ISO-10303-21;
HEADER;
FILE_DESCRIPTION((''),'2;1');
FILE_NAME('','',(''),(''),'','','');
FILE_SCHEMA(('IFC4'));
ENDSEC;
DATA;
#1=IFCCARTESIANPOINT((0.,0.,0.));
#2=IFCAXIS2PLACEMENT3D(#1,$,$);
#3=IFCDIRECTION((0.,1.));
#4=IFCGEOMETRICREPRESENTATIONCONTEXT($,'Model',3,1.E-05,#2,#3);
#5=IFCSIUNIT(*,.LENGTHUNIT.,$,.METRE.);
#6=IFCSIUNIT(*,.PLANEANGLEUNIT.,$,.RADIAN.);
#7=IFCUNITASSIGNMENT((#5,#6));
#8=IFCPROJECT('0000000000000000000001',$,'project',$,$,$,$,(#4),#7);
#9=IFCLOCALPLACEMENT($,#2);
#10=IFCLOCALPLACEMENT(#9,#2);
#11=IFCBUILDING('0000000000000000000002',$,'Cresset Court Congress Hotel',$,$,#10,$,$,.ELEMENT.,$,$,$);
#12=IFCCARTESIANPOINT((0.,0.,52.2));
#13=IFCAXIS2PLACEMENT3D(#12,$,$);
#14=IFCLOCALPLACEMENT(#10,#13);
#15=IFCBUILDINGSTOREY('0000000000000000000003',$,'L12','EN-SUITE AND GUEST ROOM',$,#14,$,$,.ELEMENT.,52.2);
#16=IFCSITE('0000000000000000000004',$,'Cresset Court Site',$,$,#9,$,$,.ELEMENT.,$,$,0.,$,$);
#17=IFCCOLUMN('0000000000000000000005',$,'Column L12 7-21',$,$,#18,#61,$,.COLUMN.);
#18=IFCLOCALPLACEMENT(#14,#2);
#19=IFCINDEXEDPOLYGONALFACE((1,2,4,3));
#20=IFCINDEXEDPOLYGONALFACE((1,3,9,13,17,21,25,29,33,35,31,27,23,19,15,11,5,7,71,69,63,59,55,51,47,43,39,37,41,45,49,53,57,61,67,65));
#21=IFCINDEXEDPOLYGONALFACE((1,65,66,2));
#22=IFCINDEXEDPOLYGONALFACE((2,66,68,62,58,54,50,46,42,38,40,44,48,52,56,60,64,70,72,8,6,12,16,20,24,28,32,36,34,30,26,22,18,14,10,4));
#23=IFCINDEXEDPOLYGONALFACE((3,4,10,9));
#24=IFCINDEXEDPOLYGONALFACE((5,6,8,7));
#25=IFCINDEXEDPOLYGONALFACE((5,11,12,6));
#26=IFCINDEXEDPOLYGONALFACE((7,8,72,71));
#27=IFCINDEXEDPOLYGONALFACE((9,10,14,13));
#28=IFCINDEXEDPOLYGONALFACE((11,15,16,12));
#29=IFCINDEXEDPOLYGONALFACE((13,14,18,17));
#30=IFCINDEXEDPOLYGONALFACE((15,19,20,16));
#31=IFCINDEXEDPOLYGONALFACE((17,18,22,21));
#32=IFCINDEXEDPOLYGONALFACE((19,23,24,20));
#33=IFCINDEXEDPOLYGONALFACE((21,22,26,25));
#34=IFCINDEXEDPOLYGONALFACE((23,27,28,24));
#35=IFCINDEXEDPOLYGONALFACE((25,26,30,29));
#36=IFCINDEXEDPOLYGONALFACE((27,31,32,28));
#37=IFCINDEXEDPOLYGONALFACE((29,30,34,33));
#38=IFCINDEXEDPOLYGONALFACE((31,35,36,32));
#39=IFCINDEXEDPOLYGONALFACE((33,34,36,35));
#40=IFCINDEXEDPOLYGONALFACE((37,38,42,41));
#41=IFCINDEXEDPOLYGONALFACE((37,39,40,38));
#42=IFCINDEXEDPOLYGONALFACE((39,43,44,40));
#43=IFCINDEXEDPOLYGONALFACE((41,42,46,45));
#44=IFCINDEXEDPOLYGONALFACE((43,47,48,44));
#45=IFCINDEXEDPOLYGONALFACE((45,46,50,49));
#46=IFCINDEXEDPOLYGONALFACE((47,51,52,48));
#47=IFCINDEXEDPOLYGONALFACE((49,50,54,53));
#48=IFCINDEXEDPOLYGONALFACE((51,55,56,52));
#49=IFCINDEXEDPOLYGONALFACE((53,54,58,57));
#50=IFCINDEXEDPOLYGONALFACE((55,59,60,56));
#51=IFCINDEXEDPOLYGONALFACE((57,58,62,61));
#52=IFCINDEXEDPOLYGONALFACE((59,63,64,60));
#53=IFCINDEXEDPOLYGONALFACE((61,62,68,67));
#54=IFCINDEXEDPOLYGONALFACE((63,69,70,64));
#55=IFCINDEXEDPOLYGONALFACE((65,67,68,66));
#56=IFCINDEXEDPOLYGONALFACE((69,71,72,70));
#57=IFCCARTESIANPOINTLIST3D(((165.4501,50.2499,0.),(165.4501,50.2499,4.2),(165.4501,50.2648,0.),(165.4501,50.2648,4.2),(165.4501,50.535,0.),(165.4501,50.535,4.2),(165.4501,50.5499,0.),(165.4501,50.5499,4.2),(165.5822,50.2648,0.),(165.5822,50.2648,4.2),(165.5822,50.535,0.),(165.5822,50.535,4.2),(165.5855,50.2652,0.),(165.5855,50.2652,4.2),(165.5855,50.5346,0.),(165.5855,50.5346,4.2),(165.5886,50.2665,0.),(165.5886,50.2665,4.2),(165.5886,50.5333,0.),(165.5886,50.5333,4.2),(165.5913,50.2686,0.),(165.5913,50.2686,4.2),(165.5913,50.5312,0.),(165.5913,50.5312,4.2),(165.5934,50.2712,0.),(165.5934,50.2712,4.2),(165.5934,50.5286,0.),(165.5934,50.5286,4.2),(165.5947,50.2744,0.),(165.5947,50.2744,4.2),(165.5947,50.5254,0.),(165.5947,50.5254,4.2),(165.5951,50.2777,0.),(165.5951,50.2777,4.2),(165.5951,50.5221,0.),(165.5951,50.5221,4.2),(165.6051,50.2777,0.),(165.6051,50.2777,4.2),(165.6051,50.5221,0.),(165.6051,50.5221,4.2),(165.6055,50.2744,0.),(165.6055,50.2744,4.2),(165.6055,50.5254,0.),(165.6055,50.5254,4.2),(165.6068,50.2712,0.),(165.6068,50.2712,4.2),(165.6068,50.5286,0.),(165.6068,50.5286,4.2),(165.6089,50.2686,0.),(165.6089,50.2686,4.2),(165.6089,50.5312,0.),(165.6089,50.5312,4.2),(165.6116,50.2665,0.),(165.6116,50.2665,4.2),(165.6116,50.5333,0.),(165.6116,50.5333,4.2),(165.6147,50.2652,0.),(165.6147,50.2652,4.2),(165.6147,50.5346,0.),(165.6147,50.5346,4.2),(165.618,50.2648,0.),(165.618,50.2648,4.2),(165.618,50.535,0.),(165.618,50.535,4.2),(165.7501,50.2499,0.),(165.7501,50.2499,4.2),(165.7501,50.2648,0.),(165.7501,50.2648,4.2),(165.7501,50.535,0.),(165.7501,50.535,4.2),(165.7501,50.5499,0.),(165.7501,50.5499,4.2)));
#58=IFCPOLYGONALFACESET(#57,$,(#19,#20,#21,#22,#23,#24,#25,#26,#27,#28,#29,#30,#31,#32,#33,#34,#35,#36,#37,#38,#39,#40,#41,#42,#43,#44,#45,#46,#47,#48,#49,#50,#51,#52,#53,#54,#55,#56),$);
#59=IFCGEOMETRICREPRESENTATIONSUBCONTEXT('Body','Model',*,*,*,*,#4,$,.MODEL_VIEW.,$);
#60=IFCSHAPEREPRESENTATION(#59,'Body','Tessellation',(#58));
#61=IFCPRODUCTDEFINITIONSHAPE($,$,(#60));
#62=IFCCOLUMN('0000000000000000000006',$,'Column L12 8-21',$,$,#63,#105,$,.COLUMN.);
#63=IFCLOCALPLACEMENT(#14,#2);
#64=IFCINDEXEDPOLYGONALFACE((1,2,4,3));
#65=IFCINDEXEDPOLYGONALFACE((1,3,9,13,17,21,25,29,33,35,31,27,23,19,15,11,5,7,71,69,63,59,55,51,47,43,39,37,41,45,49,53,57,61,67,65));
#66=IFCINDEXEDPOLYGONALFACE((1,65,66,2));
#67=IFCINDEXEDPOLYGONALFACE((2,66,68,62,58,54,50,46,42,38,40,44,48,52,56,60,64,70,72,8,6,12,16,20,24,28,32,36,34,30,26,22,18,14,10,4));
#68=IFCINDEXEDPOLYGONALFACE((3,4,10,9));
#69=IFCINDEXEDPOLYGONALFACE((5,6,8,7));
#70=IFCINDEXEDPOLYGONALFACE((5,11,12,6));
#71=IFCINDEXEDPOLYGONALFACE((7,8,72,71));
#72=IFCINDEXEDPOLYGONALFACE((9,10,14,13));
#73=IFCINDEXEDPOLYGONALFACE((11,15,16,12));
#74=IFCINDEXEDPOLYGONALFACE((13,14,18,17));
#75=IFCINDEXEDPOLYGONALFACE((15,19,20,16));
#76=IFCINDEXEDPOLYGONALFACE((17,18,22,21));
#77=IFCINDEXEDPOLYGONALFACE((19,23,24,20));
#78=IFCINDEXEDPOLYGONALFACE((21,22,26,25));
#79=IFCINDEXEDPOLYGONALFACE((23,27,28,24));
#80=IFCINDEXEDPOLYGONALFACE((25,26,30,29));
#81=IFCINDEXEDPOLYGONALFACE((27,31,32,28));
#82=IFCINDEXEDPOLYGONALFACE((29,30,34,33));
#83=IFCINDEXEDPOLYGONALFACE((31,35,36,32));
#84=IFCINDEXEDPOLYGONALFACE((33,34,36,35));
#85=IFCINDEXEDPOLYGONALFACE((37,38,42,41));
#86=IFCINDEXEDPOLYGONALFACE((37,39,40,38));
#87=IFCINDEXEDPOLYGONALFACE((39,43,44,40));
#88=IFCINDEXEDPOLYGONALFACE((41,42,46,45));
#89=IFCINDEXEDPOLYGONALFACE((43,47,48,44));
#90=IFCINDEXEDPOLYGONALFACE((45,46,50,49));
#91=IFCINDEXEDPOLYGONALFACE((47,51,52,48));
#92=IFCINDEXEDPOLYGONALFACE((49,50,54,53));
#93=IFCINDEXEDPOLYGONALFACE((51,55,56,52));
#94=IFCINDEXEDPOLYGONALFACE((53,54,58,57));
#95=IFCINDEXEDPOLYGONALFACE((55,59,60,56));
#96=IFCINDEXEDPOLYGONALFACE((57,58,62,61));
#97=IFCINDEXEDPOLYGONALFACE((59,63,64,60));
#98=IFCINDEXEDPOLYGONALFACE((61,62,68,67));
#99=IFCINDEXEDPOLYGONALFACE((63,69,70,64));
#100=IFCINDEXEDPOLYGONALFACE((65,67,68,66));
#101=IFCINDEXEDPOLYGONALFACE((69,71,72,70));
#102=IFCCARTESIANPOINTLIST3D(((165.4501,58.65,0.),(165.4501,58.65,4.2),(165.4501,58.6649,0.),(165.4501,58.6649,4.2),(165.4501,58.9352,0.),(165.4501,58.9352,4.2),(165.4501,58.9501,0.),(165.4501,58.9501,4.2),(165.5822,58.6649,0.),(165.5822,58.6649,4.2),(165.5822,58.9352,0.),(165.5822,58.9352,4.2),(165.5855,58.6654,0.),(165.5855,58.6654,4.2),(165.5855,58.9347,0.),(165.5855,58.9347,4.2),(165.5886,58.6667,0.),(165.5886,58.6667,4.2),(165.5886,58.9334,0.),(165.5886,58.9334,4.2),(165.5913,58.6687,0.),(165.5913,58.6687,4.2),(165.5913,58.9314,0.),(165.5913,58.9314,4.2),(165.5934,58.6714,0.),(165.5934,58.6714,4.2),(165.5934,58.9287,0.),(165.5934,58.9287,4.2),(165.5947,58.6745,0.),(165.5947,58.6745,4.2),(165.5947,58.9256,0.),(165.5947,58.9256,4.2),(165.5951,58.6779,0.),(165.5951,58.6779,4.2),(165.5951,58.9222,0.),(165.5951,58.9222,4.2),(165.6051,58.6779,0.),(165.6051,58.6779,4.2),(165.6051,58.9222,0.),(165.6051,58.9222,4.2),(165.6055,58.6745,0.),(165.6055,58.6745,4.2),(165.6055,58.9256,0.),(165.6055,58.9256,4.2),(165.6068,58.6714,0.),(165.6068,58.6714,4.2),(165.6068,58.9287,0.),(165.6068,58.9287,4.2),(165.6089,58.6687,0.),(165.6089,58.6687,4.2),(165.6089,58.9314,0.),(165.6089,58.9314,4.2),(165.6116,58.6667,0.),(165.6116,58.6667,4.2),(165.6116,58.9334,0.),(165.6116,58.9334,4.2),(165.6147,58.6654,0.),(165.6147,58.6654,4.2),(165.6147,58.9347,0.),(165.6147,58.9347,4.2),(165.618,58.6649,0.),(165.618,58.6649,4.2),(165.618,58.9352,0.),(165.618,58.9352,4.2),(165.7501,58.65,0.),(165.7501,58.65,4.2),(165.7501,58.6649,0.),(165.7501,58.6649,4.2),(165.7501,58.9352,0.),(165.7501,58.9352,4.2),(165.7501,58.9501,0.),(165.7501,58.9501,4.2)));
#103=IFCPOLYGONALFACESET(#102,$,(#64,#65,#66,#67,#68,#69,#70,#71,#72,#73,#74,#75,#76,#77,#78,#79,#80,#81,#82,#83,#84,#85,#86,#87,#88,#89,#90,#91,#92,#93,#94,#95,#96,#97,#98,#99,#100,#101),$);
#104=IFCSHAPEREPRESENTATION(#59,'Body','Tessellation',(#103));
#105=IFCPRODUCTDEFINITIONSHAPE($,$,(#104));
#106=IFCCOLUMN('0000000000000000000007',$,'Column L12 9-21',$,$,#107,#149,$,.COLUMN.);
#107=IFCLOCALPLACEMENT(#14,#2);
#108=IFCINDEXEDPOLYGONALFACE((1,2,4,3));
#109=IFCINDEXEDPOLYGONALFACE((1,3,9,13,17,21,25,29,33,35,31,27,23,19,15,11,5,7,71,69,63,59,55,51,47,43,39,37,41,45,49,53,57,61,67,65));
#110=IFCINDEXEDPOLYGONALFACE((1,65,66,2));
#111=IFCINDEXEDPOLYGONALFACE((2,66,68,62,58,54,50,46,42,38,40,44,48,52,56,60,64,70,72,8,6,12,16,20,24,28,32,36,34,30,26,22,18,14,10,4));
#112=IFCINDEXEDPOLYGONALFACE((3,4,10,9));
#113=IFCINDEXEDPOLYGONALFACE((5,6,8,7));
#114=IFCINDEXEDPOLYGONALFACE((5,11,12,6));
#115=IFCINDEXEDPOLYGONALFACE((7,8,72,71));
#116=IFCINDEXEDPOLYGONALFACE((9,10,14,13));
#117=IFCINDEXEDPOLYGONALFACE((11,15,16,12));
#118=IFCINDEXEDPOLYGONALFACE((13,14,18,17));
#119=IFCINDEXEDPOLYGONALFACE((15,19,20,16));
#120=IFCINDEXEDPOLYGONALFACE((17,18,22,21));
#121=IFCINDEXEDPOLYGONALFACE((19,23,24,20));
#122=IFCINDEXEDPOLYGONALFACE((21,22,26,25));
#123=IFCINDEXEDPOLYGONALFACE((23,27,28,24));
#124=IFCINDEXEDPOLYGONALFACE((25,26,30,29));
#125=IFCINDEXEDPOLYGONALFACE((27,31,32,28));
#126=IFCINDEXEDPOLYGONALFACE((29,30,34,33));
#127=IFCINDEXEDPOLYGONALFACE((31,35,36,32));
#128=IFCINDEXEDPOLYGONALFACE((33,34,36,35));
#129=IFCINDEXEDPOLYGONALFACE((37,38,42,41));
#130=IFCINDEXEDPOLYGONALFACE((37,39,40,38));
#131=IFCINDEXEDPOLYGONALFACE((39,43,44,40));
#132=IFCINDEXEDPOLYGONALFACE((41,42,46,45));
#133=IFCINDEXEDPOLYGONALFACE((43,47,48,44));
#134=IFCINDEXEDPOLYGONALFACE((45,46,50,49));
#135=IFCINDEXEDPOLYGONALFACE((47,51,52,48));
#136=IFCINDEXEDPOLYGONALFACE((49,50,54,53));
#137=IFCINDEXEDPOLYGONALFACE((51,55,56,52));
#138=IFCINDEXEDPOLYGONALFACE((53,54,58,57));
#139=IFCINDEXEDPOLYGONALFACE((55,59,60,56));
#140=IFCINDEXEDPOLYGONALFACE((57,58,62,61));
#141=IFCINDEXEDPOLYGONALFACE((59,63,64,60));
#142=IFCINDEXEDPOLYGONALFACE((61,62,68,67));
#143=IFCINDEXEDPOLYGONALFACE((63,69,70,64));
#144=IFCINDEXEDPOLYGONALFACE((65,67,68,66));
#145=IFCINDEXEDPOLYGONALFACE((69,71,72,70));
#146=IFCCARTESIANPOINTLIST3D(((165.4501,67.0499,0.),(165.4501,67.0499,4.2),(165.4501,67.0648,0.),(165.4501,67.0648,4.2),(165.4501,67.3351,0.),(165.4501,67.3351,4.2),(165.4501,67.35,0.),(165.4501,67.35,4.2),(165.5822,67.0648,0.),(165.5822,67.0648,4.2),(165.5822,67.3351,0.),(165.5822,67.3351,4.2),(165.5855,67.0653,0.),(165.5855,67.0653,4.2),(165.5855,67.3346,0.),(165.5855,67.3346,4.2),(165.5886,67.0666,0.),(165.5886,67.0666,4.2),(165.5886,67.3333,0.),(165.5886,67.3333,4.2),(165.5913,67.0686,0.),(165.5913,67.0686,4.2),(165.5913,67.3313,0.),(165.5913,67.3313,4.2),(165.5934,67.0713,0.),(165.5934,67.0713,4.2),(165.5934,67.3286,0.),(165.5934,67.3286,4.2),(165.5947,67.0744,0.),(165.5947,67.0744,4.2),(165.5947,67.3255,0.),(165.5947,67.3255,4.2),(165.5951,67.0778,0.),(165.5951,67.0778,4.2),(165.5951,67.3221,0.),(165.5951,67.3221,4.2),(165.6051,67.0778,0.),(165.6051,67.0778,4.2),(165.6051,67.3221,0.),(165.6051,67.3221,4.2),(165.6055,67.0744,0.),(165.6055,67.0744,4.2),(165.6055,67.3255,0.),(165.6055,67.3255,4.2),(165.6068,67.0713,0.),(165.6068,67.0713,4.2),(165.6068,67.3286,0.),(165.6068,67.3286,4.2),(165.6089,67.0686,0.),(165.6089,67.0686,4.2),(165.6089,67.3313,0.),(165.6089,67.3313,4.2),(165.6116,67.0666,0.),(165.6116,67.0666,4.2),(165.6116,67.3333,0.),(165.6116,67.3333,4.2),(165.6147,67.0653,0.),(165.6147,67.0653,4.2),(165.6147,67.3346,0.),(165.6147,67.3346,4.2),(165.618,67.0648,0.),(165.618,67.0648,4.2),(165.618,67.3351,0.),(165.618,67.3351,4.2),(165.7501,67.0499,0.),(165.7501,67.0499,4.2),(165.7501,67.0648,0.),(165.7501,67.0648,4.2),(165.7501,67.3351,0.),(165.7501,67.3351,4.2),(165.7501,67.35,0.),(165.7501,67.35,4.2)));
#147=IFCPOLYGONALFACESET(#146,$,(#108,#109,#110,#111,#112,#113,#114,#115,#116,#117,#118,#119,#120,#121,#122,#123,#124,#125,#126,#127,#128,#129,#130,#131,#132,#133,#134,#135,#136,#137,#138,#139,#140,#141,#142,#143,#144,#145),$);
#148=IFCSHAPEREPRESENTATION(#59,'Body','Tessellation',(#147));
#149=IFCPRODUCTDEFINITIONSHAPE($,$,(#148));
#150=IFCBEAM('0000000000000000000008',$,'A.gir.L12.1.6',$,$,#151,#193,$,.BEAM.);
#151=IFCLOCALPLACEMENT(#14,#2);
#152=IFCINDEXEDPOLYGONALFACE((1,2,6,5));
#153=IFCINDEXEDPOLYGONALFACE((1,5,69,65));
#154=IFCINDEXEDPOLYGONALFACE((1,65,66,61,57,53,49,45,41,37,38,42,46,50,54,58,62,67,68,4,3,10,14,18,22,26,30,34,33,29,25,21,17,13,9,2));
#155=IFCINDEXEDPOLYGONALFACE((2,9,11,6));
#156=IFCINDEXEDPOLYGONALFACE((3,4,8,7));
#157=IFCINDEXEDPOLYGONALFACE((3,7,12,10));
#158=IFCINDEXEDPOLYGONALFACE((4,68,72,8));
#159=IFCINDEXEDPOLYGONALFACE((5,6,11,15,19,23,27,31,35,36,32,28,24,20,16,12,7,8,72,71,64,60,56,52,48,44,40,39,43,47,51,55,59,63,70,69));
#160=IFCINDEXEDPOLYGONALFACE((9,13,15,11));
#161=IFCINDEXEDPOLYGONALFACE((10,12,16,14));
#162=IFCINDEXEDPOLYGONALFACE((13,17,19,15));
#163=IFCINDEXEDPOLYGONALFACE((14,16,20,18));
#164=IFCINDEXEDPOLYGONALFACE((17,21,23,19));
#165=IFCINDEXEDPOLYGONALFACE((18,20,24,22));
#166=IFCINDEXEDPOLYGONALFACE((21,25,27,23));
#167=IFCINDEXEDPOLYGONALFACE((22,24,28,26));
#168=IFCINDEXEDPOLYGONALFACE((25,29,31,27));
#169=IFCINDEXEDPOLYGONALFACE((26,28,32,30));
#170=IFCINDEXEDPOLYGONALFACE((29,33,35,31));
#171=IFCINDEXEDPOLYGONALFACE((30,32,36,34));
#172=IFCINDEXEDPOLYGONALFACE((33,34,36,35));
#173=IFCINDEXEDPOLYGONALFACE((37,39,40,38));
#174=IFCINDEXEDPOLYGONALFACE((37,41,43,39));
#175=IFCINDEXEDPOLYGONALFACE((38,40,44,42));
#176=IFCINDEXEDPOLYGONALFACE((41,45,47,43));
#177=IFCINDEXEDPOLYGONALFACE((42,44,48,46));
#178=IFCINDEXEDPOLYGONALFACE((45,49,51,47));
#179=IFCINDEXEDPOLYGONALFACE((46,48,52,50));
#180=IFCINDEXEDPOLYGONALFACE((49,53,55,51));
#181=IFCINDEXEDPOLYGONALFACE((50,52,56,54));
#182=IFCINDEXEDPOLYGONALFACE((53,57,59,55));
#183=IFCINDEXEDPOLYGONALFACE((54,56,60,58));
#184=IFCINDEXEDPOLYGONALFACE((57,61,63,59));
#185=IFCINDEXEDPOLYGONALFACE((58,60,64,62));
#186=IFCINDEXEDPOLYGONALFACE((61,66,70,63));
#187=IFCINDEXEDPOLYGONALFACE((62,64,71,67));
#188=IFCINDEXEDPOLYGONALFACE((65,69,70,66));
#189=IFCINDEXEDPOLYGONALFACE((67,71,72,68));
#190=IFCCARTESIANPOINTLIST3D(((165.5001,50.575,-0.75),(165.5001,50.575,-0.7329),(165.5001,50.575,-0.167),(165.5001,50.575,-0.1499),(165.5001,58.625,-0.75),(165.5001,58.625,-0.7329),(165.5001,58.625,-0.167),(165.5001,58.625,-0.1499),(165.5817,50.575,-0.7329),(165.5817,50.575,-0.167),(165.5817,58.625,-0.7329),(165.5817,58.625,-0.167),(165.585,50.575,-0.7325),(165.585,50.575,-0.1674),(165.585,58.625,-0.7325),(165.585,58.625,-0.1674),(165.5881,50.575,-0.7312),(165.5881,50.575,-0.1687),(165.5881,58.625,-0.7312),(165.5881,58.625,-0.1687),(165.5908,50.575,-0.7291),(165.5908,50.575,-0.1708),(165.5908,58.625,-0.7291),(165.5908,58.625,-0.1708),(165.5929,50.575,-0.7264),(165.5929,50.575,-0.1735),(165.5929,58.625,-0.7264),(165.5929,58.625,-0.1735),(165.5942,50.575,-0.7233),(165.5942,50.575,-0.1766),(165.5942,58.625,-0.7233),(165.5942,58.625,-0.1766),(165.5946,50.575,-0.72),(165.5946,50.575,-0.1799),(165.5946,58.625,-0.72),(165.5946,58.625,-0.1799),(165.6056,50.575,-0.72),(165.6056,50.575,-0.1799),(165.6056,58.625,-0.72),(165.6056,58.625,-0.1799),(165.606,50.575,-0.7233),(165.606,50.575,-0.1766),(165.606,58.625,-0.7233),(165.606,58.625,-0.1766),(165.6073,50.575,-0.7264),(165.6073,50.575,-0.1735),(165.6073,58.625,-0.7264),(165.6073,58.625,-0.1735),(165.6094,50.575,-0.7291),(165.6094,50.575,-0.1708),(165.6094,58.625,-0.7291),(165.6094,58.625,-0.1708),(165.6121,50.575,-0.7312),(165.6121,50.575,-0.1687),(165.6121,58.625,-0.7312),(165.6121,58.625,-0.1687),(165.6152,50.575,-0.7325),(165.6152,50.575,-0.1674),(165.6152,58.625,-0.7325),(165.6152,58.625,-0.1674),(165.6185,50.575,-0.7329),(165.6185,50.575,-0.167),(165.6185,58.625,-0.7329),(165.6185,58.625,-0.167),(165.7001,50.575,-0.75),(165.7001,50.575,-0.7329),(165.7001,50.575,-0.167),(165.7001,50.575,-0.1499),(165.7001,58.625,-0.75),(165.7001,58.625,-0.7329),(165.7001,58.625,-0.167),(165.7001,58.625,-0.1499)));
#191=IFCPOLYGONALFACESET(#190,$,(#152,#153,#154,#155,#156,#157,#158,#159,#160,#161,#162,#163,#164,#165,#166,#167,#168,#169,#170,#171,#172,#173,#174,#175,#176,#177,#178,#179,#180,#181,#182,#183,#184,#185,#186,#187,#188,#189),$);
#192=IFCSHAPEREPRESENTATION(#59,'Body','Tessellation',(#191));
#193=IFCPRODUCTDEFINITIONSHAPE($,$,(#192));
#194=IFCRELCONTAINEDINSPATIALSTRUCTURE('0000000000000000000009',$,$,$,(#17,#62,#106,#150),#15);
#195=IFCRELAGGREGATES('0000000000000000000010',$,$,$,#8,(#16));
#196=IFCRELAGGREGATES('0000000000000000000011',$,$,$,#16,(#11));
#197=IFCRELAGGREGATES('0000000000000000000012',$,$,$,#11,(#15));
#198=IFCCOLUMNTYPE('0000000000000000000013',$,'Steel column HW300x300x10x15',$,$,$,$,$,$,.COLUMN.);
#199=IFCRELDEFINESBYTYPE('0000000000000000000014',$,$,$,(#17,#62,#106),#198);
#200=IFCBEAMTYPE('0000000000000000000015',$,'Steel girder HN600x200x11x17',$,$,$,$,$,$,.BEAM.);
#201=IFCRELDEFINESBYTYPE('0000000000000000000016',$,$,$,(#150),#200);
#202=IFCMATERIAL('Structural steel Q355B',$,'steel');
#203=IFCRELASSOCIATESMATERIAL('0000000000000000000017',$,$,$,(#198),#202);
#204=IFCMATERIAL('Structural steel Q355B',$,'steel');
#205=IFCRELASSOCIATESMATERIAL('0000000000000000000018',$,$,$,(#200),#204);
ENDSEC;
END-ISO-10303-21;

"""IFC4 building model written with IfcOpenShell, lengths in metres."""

from ifc_helpers import new_model, si_unit, direction, frame, origin, origin_2d, place, context, subcontext, project, spatial, i_section, extrude, material, material_profile, profile_set, type_object, element, save


model = new_model("IFC4")

# Units and contexts
model_context = context("Model", 3, precision=1e-05, world=origin(), true_north=direction((0.0, 1.0)))
body_context = subcontext(model_context, "Body", "Model", "MODEL_VIEW")
ifc_project = project(units=[si_unit("LENGTHUNIT", "METRE"), si_unit("PLANEANGLEUNIT", "RADIAN")], contexts=[model_context])

# Site, building, storey
site_placement = place(None, origin())
site = spatial("IfcSite", under=ifc_project, at=site_placement, Name="Cresset Court Site", CompositionType="ELEMENT", RefElevation=0.0)
building_placement = place(site_placement, origin())
building = spatial("IfcBuilding", under=site, at=building_placement, Name="Cresset Court Congress Hotel", CompositionType="ELEMENT")
storey_placement = place(building_placement, frame((0.0, 0.0, 52.2)))
storey = spatial("IfcBuildingStorey", under=building, at=storey_placement, Name="L12", Description="EN-SUITE AND GUEST ROOM", CompositionType="ELEMENT", Elevation=52.2)

# Columns
ifc_material_1 = material(Name="Structural steel Q355B", Category="steel")
ifc_material_profile_1 = material_profile(ifc_material_1, i_section(OverallWidth=0.3, OverallDepth=0.3, WebThickness=0.01, FlangeThickness=0.0149, FilletRadius=0.0129, at=origin_2d()), Name="HW300x300x10x15")
ifc_profile_set_1 = profile_set([ifc_material_profile_1], Name="Structural steel Q355B")
column_type = type_object("IfcColumnType", Name="Steel column HW300x300x10x15", PredefinedType="COLUMN", material=ifc_profile_set_1)
for number, where, z_axis, x_axis, name in (
    (1, (165.6001, 50.3999, 0.0), (0.0, 0.0, 1.0), (1.0, 0.0, 0.0), "Column L12 7-21"),
    (2, (165.6001, 58.8, 0.0), (0.0, 0.0, 1.0), (1.0, 0.0, 0.0), "Column L12 8-21"),
    (3, (165.6001, 67.2, 0.0), (0.0, 0.0, 1.0), (1.0, 0.0, 0.0), "Column L12 9-21"),
):
    element("IfcColumn", number, at=place(storey_placement, frame(where, z_axis=z_axis, x_axis=x_axis)), inside=storey, type_object=column_type, Name=name, PredefinedType="COLUMN", context=body_context, shape_type="SweptSolid", body=[
        extrude(i_section(OverallWidth=0.3, OverallDepth=0.3, WebThickness=0.01, FlangeThickness=0.0149, FilletRadius=0.0129, at=origin_2d()), origin(), (0.0, 0.0, 1.0), 4.2),
    ])

# Beam
ifc_material_2 = material(Name="Structural steel Q355B", Category="steel")
ifc_material_profile_2 = material_profile(ifc_material_2, i_section(OverallWidth=0.2, OverallDepth=0.6001, WebThickness=0.011, FlangeThickness=0.0171, FilletRadius=0.0129, at=origin_2d()), Name="HN600x200x11x17")
ifc_profile_set_2 = profile_set([ifc_material_profile_2], Name="Structural steel Q355B")
beam_type = type_object("IfcBeamType", Name="Steel girder HN600x200x11x17", PredefinedType="BEAM", material=ifc_profile_set_2)
beam_1_placement = place(storey_placement, frame((165.6001, 50.575, -0.45), z_axis=(0.0, 1.0, 0.0), x_axis=(-1.0, 0.0, 0.0)))
element("IfcBeam", 4, at=beam_1_placement, inside=storey, type_object=beam_type, Name="A.gir.L12.1.6", PredefinedType="BEAM", context=body_context, shape_type="SweptSolid", body=[
    extrude(i_section(OverallWidth=0.2, OverallDepth=0.6001, WebThickness=0.011, FlangeThickness=0.0171, FilletRadius=0.0129, at=origin_2d()), origin(), (0.0, 0.0, 1.0), 8.05),
])

save(model, "model.ifc")
